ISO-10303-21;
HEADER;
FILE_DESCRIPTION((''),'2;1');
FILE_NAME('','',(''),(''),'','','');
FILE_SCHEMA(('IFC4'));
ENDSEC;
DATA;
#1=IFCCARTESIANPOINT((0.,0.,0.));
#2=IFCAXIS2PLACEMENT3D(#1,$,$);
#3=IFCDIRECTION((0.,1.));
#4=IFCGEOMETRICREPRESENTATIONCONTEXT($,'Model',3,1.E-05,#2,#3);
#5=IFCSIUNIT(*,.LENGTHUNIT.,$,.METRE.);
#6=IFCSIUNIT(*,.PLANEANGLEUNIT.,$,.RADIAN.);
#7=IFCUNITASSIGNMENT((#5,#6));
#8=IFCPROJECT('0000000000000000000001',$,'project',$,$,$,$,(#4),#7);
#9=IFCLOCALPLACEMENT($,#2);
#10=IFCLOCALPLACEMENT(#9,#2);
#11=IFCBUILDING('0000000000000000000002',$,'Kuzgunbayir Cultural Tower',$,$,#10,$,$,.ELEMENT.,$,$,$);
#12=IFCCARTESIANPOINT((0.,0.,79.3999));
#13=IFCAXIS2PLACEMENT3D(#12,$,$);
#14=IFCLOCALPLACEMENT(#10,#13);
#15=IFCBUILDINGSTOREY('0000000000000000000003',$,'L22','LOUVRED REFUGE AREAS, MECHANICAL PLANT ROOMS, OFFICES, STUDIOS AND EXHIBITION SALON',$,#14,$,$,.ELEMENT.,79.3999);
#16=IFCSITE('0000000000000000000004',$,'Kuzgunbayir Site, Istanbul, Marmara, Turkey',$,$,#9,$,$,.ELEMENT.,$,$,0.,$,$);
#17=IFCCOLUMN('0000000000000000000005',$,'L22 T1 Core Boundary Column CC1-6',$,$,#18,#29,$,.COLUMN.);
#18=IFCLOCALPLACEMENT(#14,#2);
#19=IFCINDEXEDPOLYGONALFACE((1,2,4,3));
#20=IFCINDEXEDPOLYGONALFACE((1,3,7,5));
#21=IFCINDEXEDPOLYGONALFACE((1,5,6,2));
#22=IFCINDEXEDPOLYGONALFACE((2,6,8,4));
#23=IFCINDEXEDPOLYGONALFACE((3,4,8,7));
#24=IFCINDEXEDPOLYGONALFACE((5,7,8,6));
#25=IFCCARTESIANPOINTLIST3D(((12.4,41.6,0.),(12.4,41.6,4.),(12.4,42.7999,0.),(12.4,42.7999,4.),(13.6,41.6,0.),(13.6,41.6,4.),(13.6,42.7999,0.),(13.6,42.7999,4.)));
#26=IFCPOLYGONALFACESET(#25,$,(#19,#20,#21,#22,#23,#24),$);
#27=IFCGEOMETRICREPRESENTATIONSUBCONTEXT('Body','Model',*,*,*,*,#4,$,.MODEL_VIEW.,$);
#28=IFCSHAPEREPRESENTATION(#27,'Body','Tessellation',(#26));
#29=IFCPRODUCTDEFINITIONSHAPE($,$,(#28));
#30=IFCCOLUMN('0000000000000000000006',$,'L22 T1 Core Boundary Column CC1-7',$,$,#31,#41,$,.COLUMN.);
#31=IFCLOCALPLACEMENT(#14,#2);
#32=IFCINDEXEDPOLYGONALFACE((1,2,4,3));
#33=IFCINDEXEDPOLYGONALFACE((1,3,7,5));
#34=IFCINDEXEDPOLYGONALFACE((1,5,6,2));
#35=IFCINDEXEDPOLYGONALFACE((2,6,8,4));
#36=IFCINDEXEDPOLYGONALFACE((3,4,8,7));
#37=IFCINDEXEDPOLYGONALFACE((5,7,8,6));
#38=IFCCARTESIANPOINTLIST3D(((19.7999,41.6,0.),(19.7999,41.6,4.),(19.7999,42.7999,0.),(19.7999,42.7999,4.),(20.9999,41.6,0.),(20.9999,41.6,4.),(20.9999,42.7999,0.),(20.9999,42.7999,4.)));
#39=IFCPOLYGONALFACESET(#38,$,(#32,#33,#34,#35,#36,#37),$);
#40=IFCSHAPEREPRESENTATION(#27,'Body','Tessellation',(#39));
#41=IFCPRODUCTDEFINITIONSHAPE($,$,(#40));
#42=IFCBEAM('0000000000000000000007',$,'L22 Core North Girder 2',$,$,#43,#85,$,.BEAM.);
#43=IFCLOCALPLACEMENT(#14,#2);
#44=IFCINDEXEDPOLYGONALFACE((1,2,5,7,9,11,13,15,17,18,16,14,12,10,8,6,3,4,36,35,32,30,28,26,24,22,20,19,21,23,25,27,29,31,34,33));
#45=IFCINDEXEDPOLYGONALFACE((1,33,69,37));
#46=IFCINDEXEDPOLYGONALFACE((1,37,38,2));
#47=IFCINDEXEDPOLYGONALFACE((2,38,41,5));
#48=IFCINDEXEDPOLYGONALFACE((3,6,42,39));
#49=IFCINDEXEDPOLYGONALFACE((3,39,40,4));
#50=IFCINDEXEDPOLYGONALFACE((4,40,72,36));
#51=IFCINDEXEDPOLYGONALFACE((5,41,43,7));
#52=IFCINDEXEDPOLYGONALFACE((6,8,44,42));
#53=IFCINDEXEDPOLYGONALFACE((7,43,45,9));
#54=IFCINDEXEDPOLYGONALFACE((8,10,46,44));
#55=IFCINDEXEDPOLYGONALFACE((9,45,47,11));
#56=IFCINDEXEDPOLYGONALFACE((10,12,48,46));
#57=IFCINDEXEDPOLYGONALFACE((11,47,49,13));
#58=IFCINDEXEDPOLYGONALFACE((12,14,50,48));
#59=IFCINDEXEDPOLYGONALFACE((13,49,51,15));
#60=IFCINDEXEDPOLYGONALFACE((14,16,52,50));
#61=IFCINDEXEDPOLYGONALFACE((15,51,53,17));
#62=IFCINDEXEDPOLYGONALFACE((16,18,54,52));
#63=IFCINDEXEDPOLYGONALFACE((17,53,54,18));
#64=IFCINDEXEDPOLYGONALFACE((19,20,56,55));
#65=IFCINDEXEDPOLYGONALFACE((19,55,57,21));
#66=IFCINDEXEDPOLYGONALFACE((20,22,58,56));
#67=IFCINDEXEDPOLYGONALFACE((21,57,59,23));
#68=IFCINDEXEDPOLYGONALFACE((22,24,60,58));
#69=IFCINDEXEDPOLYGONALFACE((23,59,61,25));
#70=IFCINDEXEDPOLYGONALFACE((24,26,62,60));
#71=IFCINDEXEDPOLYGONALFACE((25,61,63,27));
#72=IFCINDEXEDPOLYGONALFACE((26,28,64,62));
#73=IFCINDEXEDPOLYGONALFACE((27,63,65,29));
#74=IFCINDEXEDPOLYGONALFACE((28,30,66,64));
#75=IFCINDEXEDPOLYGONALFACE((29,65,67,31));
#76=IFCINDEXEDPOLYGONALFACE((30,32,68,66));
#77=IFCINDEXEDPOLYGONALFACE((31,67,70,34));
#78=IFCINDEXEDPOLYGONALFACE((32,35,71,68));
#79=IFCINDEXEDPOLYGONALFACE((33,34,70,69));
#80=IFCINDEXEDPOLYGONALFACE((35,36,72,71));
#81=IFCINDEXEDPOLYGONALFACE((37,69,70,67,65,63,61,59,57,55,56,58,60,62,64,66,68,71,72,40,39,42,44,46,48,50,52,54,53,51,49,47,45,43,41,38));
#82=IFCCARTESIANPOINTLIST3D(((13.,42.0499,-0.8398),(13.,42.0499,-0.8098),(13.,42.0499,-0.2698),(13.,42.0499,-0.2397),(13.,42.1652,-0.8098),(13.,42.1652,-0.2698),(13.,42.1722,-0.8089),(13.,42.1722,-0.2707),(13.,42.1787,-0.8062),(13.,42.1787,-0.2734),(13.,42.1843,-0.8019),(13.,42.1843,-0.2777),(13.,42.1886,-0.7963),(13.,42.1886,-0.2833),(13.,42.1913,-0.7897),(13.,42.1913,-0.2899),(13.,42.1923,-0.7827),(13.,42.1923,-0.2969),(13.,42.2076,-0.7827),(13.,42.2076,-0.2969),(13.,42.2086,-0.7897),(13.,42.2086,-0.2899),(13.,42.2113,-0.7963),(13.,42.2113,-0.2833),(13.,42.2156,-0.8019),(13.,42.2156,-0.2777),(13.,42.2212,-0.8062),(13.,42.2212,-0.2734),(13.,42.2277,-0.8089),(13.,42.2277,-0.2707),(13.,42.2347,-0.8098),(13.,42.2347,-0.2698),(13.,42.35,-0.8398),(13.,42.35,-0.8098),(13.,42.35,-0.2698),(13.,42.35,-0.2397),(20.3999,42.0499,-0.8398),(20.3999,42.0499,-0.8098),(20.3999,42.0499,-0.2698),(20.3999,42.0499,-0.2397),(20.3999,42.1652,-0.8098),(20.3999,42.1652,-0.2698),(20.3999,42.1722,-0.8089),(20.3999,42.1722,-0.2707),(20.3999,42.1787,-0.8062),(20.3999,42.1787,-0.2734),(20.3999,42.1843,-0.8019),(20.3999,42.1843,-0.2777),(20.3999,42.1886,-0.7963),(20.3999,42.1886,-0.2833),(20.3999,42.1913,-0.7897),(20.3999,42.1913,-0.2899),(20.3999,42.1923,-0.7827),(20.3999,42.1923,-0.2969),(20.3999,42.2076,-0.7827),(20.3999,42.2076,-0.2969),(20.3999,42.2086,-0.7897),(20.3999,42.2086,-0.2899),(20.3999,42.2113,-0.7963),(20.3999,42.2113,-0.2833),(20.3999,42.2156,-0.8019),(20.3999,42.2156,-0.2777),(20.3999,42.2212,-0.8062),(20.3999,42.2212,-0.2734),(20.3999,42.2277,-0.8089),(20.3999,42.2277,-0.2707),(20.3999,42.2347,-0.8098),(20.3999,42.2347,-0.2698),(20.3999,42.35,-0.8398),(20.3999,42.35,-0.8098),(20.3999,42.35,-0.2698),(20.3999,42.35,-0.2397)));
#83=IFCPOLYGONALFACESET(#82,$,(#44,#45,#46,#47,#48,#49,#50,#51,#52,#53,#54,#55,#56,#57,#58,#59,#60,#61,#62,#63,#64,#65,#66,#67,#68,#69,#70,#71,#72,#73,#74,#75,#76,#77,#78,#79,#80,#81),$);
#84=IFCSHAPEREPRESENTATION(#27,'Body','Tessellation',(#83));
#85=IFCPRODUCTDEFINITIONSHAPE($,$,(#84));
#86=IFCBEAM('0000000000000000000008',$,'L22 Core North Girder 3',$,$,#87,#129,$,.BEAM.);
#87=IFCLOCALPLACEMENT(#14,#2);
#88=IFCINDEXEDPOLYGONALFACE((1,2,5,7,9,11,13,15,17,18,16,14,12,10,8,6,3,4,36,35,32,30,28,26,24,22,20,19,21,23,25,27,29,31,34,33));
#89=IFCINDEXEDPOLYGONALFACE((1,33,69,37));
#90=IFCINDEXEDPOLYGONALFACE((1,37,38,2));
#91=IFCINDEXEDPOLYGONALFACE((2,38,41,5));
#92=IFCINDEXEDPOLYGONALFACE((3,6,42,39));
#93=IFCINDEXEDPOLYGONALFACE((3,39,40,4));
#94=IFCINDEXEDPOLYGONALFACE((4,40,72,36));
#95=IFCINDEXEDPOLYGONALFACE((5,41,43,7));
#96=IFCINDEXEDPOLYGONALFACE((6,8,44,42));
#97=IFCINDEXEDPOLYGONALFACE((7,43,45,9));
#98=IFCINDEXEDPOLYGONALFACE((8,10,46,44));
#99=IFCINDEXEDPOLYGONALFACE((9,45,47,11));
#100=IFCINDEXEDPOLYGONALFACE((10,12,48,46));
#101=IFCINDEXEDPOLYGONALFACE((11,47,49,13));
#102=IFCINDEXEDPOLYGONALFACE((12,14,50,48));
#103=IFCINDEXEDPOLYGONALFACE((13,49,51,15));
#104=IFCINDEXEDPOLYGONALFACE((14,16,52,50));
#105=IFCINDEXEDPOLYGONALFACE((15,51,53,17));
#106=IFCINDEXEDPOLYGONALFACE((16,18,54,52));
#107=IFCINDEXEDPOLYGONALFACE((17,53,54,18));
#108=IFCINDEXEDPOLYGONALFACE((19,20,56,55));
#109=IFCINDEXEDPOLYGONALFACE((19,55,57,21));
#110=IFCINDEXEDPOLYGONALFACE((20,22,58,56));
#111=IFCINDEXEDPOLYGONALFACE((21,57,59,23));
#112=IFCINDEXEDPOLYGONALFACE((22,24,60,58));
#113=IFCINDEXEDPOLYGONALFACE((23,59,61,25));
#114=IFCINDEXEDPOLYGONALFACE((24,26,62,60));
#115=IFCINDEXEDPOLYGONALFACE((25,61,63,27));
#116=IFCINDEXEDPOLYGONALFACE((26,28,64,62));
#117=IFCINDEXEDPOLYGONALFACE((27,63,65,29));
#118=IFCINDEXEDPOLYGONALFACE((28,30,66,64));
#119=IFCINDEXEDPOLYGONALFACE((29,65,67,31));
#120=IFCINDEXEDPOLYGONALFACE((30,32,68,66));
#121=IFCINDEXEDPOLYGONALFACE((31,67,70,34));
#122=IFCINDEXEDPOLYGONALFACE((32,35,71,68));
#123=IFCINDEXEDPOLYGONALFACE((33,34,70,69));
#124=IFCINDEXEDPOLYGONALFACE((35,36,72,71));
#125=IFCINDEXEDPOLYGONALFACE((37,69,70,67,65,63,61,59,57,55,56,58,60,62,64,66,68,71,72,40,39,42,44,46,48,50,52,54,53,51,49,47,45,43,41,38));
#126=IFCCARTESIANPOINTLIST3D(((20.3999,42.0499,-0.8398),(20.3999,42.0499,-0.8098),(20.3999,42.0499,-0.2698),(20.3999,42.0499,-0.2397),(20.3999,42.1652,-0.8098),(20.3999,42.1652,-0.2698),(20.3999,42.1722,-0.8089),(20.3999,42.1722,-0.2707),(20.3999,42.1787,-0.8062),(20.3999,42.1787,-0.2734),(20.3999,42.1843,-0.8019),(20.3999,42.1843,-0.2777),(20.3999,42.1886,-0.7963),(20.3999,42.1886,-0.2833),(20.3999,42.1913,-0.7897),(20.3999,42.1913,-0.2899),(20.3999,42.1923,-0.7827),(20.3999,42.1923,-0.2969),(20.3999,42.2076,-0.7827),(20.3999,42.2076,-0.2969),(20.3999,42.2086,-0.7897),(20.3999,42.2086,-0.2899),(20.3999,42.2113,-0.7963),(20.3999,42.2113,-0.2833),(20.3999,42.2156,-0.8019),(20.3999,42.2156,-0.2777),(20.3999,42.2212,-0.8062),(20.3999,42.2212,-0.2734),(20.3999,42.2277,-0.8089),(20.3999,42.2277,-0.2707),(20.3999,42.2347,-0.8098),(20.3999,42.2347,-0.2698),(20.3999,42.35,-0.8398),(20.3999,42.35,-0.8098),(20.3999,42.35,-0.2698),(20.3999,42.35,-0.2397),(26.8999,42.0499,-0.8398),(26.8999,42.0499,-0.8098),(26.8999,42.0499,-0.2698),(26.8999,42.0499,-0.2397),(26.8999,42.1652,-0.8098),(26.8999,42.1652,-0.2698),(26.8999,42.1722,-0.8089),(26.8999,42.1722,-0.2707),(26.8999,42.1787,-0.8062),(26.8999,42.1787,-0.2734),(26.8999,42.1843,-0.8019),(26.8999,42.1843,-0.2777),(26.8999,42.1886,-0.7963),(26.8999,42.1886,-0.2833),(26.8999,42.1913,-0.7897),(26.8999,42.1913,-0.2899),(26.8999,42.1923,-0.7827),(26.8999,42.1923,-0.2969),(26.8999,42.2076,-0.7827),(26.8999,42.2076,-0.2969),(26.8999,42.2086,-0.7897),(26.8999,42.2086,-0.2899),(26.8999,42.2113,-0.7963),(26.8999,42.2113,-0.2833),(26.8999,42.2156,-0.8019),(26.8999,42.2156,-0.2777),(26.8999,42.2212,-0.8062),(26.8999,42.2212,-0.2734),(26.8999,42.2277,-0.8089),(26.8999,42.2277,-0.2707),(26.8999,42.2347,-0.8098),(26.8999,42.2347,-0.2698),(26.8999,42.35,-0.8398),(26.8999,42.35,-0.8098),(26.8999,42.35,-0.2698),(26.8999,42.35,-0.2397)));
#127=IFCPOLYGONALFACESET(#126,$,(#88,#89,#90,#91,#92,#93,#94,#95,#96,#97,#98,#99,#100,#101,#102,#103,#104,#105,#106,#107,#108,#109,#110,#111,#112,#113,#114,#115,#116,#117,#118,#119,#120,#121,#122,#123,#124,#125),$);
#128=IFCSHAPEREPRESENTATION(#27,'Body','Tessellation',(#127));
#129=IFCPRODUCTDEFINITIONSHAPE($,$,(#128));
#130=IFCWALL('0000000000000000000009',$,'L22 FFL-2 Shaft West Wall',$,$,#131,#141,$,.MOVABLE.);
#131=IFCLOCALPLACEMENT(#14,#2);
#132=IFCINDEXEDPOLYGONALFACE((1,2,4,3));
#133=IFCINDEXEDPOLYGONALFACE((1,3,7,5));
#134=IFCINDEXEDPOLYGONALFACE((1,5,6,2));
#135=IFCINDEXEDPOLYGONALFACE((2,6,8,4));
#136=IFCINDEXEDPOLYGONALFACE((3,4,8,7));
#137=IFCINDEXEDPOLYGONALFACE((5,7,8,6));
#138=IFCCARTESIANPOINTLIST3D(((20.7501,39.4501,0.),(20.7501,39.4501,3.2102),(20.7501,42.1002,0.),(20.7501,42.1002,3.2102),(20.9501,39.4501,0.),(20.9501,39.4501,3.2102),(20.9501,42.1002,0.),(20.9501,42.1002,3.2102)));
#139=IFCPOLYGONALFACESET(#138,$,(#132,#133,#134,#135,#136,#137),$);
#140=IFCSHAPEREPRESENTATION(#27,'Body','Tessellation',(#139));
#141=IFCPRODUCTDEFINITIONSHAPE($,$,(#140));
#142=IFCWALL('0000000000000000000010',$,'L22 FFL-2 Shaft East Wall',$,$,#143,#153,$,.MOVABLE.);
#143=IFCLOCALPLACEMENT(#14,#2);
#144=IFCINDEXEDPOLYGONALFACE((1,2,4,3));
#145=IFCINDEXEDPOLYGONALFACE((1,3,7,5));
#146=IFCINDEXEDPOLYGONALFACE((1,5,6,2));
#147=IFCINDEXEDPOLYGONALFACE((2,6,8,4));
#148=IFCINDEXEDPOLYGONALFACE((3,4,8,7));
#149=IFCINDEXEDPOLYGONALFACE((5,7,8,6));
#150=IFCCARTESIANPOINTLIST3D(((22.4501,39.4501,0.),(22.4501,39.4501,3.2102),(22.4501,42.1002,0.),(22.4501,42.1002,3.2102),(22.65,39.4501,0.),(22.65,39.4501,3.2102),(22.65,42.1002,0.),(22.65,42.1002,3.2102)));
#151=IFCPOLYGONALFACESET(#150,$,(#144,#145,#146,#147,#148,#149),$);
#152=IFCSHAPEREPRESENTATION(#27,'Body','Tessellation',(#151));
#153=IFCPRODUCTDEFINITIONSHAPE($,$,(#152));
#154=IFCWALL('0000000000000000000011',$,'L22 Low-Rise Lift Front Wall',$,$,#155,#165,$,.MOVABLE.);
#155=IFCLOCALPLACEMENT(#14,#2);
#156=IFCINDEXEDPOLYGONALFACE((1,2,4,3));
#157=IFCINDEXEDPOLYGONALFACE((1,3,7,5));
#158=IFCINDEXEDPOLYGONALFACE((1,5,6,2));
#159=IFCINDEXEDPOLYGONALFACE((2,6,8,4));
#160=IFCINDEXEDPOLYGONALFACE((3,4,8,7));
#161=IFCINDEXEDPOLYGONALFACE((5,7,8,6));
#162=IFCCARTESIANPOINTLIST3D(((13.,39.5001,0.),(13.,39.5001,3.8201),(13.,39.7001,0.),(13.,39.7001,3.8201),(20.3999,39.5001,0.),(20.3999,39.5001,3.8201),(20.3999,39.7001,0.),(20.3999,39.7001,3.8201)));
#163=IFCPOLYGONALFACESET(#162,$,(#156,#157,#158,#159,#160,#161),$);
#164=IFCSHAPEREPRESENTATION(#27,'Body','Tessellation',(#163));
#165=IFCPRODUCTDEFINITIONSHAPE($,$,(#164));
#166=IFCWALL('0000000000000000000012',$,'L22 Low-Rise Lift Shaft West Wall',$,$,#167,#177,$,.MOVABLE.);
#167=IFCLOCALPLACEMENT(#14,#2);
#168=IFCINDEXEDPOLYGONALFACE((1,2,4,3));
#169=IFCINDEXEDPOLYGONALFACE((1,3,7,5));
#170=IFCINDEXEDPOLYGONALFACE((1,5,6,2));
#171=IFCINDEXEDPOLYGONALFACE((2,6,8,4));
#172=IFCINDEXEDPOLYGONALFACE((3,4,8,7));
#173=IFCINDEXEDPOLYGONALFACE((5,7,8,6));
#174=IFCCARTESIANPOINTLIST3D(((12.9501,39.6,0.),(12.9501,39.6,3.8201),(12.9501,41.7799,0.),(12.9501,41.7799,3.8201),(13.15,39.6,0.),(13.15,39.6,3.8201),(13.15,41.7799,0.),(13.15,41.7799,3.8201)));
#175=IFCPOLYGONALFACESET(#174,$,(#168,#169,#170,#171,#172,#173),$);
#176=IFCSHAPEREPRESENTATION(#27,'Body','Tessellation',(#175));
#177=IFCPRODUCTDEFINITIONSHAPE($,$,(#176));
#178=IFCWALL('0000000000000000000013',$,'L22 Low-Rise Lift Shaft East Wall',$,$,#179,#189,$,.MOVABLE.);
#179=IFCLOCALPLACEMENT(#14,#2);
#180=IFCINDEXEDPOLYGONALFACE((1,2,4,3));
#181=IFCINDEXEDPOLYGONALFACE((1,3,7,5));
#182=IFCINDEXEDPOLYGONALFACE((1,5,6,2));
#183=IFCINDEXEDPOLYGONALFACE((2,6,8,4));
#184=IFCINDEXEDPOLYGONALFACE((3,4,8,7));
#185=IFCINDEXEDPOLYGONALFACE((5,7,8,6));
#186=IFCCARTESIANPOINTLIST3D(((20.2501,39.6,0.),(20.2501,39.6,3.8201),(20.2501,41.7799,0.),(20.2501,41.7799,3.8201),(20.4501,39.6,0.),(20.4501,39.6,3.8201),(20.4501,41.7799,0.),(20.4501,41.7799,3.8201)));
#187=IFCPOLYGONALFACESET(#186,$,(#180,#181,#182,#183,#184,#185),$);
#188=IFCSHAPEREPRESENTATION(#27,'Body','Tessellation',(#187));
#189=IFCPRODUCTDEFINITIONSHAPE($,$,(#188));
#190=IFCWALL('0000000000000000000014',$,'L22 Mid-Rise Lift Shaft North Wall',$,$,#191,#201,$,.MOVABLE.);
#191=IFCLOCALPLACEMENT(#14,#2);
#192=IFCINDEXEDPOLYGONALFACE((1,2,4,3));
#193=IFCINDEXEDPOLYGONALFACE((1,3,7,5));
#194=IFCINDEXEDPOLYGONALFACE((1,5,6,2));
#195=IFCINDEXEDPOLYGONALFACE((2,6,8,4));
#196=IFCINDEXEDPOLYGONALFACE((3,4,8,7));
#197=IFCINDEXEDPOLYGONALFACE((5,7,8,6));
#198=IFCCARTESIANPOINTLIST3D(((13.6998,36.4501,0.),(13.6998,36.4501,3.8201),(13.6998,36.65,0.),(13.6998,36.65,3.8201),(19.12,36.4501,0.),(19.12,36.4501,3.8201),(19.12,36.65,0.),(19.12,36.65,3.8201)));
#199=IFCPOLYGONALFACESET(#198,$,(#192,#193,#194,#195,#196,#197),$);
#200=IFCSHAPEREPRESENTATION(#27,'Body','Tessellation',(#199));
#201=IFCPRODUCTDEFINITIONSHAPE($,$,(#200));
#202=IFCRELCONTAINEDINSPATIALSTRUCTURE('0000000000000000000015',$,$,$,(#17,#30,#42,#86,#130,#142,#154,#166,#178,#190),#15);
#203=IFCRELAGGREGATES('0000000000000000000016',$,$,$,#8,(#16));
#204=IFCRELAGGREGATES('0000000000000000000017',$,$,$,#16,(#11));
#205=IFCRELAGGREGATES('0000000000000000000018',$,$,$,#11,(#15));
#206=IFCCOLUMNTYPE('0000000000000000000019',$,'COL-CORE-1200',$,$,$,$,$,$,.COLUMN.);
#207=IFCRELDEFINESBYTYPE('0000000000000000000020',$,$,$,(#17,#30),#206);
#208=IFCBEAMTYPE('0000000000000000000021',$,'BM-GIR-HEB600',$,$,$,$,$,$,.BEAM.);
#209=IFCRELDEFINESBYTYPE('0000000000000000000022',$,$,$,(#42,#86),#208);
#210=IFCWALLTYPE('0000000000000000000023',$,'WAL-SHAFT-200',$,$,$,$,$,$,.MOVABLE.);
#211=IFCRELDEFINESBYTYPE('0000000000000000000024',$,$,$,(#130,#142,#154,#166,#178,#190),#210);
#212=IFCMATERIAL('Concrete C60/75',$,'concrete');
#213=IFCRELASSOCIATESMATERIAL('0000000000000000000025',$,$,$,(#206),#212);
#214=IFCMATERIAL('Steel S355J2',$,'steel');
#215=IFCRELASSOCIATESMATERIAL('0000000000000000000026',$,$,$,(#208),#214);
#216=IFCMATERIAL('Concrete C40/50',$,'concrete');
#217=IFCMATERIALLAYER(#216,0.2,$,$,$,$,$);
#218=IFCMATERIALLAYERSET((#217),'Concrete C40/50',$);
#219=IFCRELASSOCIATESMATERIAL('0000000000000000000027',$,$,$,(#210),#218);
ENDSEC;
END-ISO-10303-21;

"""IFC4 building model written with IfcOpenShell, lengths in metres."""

from ifc_helpers import new_model, si_unit, direction, frame, frame_2d, origin, origin_2d, place, context, subcontext, project, spatial, rectangle, i_section, extrude, material, layer, layer_set, material_profile, profile_set, type_object, element, save


model = new_model("IFC4")

# Units and contexts
model_context = context("Model", 3, precision=1e-05, world=origin(), true_north=direction((0.0, 1.0)))
body_context = subcontext(model_context, "Body", "Model", "MODEL_VIEW")
ifc_project = project(units=[si_unit("LENGTHUNIT", "METRE"), si_unit("PLANEANGLEUNIT", "RADIAN")], contexts=[model_context])

# Site, building, storey
site_placement = place(None, origin())
site = spatial("IfcSite", under=ifc_project, at=site_placement, Name="Kuzgunbayir Site, Istanbul, Marmara, Turkey", CompositionType="ELEMENT", RefElevation=0.0)
building_placement = place(site_placement, origin())
building = spatial("IfcBuilding", under=site, at=building_placement, Name="Kuzgunbayir Cultural Tower", CompositionType="ELEMENT")
storey_placement = place(building_placement, frame((0.0, 0.0, 79.3999)))
storey = spatial("IfcBuildingStorey", under=building, at=storey_placement, Name="L22", Description="LOUVRED REFUGE AREAS, MECHANICAL PLANT ROOMS, OFFICES, STUDIOS AND EXHIBITION SALON", CompositionType="ELEMENT", Elevation=79.3999)

# Columns
ifc_material_1 = material(Name="Concrete C60/75", Category="concrete")
ifc_material_profile_1 = material_profile(ifc_material_1, rectangle(XDim=1.2, YDim=1.2, at=origin_2d()), Name="RC 1200x1200")
ifc_profile_set_1 = profile_set([ifc_material_profile_1], Name="Concrete C60/75")
column_type = type_object("IfcColumnType", Name="COL-CORE-1200", PredefinedType="COLUMN", material=ifc_profile_set_1)
for number, where, z_axis, x_axis, name in (
    (1, (13.0, 42.2, 0.0), (0.0, 0.0, 1.0), (1.0, 0.0, 0.0), "L22 T1 Core Boundary Column CC1-6"),
    (2, (20.3999, 42.2, 0.0), (0.0, 0.0, 1.0), (1.0, 0.0, 0.0), "L22 T1 Core Boundary Column CC1-7"),
):
    element("IfcColumn", number, at=place(storey_placement, frame(where, z_axis=z_axis, x_axis=x_axis)), inside=storey, type_object=column_type, Name=name, PredefinedType="COLUMN", context=body_context, shape_type="SweptSolid", body=[
        extrude(rectangle(XDim=1.2, YDim=1.2, at=origin_2d()), origin(), (0.0, 0.0, 1.0), 4.0),
    ])

# Beams
ifc_material_2 = material(Name="Steel S355J2", Category="steel")
ifc_material_profile_2 = material_profile(ifc_material_2, i_section(OverallWidth=0.3, OverallDepth=0.6001, WebThickness=0.0154, FlangeThickness=0.03, FilletRadius=0.0271, at=origin_2d()), Name="HEB 600")
ifc_profile_set_2 = profile_set([ifc_material_profile_2], Name="Steel S355J2")
beam_type = type_object("IfcBeamType", Name="BM-GIR-HEB600", PredefinedType="BEAM", material=ifc_profile_set_2)
beam_1_placement = place(storey_placement, frame((13.0, 42.2, -0.5398), z_axis=(1.0, 0.0, 0.0), x_axis=(0.0, 1.0, 0.0)))
element("IfcBeam", 3, at=beam_1_placement, inside=storey, type_object=beam_type, Name="L22 Core North Girder 2", PredefinedType="BEAM", context=body_context, shape_type="SweptSolid", body=[
    extrude(i_section(OverallWidth=0.3, OverallDepth=0.6001, WebThickness=0.0154, FlangeThickness=0.03, FilletRadius=0.0271, at=origin_2d()), origin(), (0.0, 0.0, 1.0), 7.3999),
])
beam_2_placement = place(storey_placement, frame((20.3999, 42.2, -0.5398), z_axis=(1.0, 0.0, 0.0), x_axis=(0.0, 1.0, 0.0)))
element("IfcBeam", 4, at=beam_2_placement, inside=storey, type_object=beam_type, Name="L22 Core North Girder 3", PredefinedType="BEAM", context=body_context, shape_type="SweptSolid", body=[
    extrude(i_section(OverallWidth=0.3, OverallDepth=0.6001, WebThickness=0.0154, FlangeThickness=0.03, FilletRadius=0.0271, at=origin_2d()), origin(), (0.0, 0.0, 1.0), 6.5),
])

# Shared definitions
ifc_material_3 = material(Name="Concrete C40/50", Category="concrete")
ifc_layer_1 = layer(ifc_material_3, 0.2)
ifc_layer_set_1 = layer_set([ifc_layer_1], Name="Concrete C40/50")
wall_type_1 = type_object("IfcWallType", Name="WAL-SHAFT-200", PredefinedType="MOVABLE", material=ifc_layer_set_1)

# Walls
for number, where, z_axis, x_axis, name in (
    (5, (20.8501, 39.45, 0.0), (0.0, 0.0, 1.0), (0.0, 1.0, 0.0), "L22 FFL-2 Shaft West Wall"),
    (6, (22.55, 39.45, 0.0), (0.0, 0.0, 1.0), (0.0, 1.0, 0.0), "L22 FFL-2 Shaft East Wall"),
):
    element("IfcWall", number, at=place(storey_placement, frame(where, z_axis=z_axis, x_axis=x_axis)), inside=storey, type_object=wall_type_1, Name=name, PredefinedType="MOVABLE", context=body_context, shape_type="SweptSolid", body=[
        extrude(rectangle(XDim=2.6501, YDim=0.2, at=frame_2d((1.3252, 0.0))), origin(), (0.0, 0.0, 1.0), 3.2102),
    ])
wall_1_placement = place(storey_placement, frame((13.0, 39.6001, 0.0), z_axis=(0.0, 0.0, 1.0), x_axis=(1.0, 0.0, 0.0)))
element("IfcWall", 7, at=wall_1_placement, inside=storey, type_object=wall_type_1, Name="L22 Low-Rise Lift Front Wall", PredefinedType="MOVABLE", context=body_context, shape_type="SweptSolid", body=[
    extrude(rectangle(XDim=7.3999, YDim=0.2, at=frame_2d((3.7, 0.0))), origin(), (0.0, 0.0, 1.0), 3.8201),
])
for number, where, z_axis, x_axis, name in (
    (8, (13.05, 39.6001, 0.0), (0.0, 0.0, 1.0), (0.0, 1.0, 0.0), "L22 Low-Rise Lift Shaft West Wall"),
    (9, (20.3501, 39.6001, 0.0), (0.0, 0.0, 1.0), (0.0, 1.0, 0.0), "L22 Low-Rise Lift Shaft East Wall"),
):
    element("IfcWall", number, at=place(storey_placement, frame(where, z_axis=z_axis, x_axis=x_axis)), inside=storey, type_object=wall_type_1, Name=name, PredefinedType="MOVABLE", context=body_context, shape_type="SweptSolid", body=[
        extrude(rectangle(XDim=2.1799, YDim=0.2, at=frame_2d((1.0898, 0.0))), origin(), (0.0, 0.0, 1.0), 3.8201),
    ])

# Wall
wall_2_placement = place(storey_placement, frame((13.7, 36.55, 0.0), z_axis=(0.0, 0.0, 1.0), x_axis=(1.0, 0.0, 0.0)))
element("IfcWall", 10, at=wall_2_placement, inside=storey, type_object=wall_type_1, Name="L22 Mid-Rise Lift Shaft North Wall", PredefinedType="MOVABLE", context=body_context, shape_type="SweptSolid", body=[
    extrude(rectangle(XDim=5.4202, YDim=0.2, at=frame_2d((2.71, 0.0))), origin(), (0.0, 0.0, 1.0), 3.8201),
])

save(model, "model.ifc")
